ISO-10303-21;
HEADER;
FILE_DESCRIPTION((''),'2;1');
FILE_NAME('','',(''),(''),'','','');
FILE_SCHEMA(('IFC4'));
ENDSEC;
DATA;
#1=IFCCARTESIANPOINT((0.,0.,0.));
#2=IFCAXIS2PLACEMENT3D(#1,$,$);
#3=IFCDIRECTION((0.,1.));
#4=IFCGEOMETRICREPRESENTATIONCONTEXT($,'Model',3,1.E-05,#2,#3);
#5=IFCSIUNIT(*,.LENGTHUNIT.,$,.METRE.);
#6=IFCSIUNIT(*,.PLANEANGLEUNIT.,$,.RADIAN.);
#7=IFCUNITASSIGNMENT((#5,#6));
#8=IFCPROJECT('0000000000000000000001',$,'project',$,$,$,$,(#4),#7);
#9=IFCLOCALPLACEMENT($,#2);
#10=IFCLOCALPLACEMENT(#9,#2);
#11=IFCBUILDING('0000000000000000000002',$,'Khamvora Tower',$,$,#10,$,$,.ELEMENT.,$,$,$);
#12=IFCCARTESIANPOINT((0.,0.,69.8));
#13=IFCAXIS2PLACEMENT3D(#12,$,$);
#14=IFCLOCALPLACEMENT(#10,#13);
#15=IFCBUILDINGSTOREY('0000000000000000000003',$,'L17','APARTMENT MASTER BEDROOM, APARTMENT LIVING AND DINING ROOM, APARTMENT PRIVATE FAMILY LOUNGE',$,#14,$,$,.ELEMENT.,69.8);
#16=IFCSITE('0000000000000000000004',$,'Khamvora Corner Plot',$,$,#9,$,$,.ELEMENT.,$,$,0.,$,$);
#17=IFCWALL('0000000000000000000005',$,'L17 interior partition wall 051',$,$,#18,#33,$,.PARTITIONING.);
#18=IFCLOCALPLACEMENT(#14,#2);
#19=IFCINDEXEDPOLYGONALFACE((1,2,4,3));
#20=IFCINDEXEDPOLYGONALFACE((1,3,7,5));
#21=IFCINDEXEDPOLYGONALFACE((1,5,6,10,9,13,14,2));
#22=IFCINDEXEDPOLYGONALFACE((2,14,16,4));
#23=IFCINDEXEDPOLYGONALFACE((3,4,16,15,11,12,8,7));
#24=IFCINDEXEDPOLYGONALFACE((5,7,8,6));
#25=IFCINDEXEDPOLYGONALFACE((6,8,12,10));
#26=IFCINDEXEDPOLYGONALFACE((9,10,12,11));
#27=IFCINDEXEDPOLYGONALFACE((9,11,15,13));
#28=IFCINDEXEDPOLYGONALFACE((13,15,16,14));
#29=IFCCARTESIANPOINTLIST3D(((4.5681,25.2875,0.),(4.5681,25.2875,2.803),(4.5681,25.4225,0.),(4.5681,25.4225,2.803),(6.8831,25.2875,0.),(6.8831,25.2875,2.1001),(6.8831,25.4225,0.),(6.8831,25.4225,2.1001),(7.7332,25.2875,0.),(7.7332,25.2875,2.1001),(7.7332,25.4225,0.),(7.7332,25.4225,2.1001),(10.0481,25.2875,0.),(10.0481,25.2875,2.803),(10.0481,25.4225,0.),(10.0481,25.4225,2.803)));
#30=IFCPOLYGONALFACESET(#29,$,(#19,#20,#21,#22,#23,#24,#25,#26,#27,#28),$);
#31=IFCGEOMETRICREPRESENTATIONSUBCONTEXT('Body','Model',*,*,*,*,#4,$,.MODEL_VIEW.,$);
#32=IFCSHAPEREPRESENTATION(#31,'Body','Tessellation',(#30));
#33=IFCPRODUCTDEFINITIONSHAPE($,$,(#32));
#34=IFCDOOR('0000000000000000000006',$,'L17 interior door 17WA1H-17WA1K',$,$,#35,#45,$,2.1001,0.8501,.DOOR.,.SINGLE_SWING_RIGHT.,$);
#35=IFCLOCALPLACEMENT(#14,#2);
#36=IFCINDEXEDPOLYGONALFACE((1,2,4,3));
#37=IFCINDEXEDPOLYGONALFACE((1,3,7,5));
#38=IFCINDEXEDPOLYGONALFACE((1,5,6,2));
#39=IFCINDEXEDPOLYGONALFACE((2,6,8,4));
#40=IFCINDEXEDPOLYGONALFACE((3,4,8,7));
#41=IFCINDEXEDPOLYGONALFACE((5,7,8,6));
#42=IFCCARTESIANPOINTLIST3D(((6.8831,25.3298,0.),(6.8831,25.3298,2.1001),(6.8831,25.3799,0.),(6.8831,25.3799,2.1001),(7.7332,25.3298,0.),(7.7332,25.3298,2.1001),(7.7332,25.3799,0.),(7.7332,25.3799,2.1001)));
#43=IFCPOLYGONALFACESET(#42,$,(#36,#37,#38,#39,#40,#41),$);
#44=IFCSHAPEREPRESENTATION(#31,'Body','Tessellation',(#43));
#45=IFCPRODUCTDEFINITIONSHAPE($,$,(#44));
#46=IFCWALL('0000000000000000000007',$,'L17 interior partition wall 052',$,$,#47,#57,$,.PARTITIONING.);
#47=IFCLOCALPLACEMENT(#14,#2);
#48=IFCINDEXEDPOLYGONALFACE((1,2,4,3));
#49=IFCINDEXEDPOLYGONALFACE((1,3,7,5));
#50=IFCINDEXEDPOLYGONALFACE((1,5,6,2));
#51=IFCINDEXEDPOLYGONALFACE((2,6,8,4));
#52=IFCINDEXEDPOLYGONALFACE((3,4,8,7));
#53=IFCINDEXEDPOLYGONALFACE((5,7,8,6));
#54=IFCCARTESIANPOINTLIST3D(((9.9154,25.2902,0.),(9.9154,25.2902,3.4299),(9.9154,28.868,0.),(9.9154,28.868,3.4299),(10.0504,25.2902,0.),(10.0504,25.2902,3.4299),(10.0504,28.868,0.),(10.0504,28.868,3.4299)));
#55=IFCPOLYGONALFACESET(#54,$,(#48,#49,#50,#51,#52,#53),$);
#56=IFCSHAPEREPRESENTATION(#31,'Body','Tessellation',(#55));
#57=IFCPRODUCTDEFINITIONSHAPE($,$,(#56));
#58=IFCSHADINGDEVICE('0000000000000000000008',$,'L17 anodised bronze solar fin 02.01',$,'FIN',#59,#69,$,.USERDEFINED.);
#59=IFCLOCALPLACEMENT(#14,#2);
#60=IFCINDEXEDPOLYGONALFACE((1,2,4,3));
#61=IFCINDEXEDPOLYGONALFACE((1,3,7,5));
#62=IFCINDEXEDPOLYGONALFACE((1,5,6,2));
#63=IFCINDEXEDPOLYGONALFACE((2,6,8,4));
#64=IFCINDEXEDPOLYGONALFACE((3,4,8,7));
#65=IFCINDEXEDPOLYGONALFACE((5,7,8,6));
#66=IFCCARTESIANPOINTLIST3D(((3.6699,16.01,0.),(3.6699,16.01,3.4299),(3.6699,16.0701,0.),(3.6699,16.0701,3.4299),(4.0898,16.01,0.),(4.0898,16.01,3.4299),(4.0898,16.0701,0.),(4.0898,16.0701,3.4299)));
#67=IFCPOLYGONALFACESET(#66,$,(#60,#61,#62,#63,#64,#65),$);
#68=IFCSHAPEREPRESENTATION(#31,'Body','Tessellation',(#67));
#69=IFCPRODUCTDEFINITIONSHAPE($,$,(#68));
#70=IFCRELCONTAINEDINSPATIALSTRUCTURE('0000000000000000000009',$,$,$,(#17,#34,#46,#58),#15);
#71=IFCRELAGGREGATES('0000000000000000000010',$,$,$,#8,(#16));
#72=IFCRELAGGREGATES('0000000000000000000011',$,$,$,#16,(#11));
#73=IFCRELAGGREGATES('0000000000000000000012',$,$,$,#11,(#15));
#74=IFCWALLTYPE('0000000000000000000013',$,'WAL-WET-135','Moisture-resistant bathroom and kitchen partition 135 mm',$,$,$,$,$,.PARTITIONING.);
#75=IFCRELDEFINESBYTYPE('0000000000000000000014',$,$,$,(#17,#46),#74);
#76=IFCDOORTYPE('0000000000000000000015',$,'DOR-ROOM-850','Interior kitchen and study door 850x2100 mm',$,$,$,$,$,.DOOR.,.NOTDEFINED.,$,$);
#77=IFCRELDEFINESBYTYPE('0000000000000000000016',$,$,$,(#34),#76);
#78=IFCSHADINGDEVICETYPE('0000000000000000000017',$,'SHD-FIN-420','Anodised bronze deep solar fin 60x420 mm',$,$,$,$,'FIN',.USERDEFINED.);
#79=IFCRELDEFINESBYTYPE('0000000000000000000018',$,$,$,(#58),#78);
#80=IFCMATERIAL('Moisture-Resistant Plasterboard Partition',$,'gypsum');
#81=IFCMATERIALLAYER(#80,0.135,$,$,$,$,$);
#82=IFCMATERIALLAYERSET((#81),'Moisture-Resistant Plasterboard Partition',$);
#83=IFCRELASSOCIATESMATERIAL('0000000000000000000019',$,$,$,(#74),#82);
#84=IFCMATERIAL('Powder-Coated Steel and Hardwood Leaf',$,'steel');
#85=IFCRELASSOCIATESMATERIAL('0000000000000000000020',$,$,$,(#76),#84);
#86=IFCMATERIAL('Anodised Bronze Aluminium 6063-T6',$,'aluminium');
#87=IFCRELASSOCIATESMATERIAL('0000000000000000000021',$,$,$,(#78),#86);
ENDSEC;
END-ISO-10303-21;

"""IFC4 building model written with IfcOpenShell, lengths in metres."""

from ifc_helpers import new_model, si_unit, direction, frame, frame_2d, origin, origin_2d, place, context, subcontext, project, spatial, rectangle, extrude, material, layer, layer_set, type_object, element, fill, save


model = new_model("IFC4")

# Units and contexts
model_context = context("Model", 3, precision=1e-05, world=origin(), true_north=direction((0.0, 1.0)))
body_context = subcontext(model_context, "Body", "Model", "MODEL_VIEW")
ifc_project = project(units=[si_unit("LENGTHUNIT", "METRE"), si_unit("PLANEANGLEUNIT", "RADIAN")], contexts=[model_context])

# Site, building, storey
site_placement = place(None, origin())
site = spatial("IfcSite", under=ifc_project, at=site_placement, Name="Khamvora Corner Plot", CompositionType="ELEMENT", RefElevation=0.0)
building_placement = place(site_placement, origin())
building = spatial("IfcBuilding", under=site, at=building_placement, Name="Khamvora Tower", CompositionType="ELEMENT")
storey_placement = place(building_placement, frame((0.0, 0.0, 69.8)))
storey = spatial("IfcBuildingStorey", under=building, at=storey_placement, Name="L17", Description="APARTMENT MASTER BEDROOM, APARTMENT LIVING AND DINING ROOM, APARTMENT PRIVATE FAMILY LOUNGE", CompositionType="ELEMENT", Elevation=69.8)

# Wall, opening, door
ifc_material_1 = material(Name="Moisture-Resistant Plasterboard Partition", Category="gypsum")
ifc_layer_1 = layer(ifc_material_1, 0.135)
ifc_layer_set_1 = layer_set([ifc_layer_1], Name="Moisture-Resistant Plasterboard Partition")
wall_type_1 = type_object("IfcWallType", Name="WAL-WET-135", Description="Moisture-resistant bathroom and kitchen partition 135 mm", PredefinedType="PARTITIONING", material=ifc_layer_set_1)
wall_1_placement = place(storey_placement, frame((4.5681, 25.355, 0.0), z_axis=(0.0, 0.0, 1.0), x_axis=(1.0, 0.0, 0.0)))
wall_1 = element("IfcWall", 1, at=wall_1_placement, inside=storey, type_object=wall_type_1, Name="L17 interior partition wall 051", PredefinedType="PARTITIONING", context=body_context, shape_type="SweptSolid", body=[
    extrude(rectangle(XDim=5.48, YDim=0.135, at=frame_2d((2.74, 0.0))), origin(), (0.0, 0.0, 1.0), 2.803),
])
opening_placement = place(wall_1_placement, frame((2.3149, 0.0, 0.0)))
opening = element("IfcOpeningElement", 2, at=opening_placement, cuts=wall_1, PredefinedType="OPENING", context=body_context, shape_type="SweptSolid", body=[
    extrude(rectangle(XDim=0.8501, YDim=2.1001, at=frame_2d((0.425, 1.05))), frame((0.0, 0.0774, 0.0), z_axis=(0.0, -1.0, 0.0), x_axis=(1.0, 0.0, 0.0)), (0.0, 0.0, 1.0), 0.155),
])
ifc_material_2 = material(Name="Powder-Coated Steel and Hardwood Leaf", Category="steel")
door_type = type_object("IfcDoorType", Name="DOR-ROOM-850", Description="Interior kitchen and study door 850x2100 mm", OperationType="NOTDEFINED", PredefinedType="DOOR", material=ifc_material_2)
door_placement = place(opening_placement, origin())
door = element("IfcDoor", 3, at=door_placement, inside=storey, type_object=door_type, Name="L17 interior door 17WA1H-17WA1K", OperationType="SINGLE_SWING_RIGHT", OverallHeight=2.1001, OverallWidth=0.8501, PredefinedType="DOOR", context=body_context, shape_type="SweptSolid", body=[
    extrude(rectangle(XDim=0.8501, YDim=2.1001, at=frame_2d((0.425, 1.05))), frame((0.0, 0.0249, 0.0), z_axis=(0.0, -1.0, 0.0), x_axis=(1.0, 0.0, 0.0)), (0.0, 0.0, 1.0), 0.05),
])
fill(opening, door)

# Wall
wall_2_placement = place(storey_placement, frame((9.9829, 25.29, 0.0), z_axis=(0.0, 0.0, 1.0), x_axis=(0.0, 1.0, 0.0)))
element("IfcWall", 4, at=wall_2_placement, inside=storey, type_object=wall_type_1, Name="L17 interior partition wall 052", PredefinedType="PARTITIONING", context=body_context, shape_type="SweptSolid", body=[
    extrude(rectangle(XDim=3.5779, YDim=0.135, at=frame_2d((1.7891, 0.0))), origin(), (0.0, 0.0, 1.0), 3.4299),
])

# Shading device
ifc_material_3 = material(Name="Anodised Bronze Aluminium 6063-T6", Category="aluminium")
shading_device_type = type_object("IfcShadingDeviceType", Name="SHD-FIN-420", Description="Anodised bronze deep solar fin 60x420 mm", ElementType="FIN", PredefinedType="USERDEFINED", material=ifc_material_3)
shading_device_placement = place(storey_placement, frame((3.8799, 16.04, 0.0), z_axis=(0.0, 0.0, 1.0), x_axis=(0.0, 1.0, 0.0)))
element("IfcShadingDevice", 5, at=shading_device_placement, inside=storey, type_object=shading_device_type, Name="L17 anodised bronze solar fin 02.01", ObjectType="FIN", PredefinedType="USERDEFINED", context=body_context, shape_type="SweptSolid", body=[
    extrude(rectangle(XDim=0.0601, YDim=0.4199, at=origin_2d()), origin(), (0.0, 0.0, 1.0), 3.4299),
])

save(model, "model.ifc")
